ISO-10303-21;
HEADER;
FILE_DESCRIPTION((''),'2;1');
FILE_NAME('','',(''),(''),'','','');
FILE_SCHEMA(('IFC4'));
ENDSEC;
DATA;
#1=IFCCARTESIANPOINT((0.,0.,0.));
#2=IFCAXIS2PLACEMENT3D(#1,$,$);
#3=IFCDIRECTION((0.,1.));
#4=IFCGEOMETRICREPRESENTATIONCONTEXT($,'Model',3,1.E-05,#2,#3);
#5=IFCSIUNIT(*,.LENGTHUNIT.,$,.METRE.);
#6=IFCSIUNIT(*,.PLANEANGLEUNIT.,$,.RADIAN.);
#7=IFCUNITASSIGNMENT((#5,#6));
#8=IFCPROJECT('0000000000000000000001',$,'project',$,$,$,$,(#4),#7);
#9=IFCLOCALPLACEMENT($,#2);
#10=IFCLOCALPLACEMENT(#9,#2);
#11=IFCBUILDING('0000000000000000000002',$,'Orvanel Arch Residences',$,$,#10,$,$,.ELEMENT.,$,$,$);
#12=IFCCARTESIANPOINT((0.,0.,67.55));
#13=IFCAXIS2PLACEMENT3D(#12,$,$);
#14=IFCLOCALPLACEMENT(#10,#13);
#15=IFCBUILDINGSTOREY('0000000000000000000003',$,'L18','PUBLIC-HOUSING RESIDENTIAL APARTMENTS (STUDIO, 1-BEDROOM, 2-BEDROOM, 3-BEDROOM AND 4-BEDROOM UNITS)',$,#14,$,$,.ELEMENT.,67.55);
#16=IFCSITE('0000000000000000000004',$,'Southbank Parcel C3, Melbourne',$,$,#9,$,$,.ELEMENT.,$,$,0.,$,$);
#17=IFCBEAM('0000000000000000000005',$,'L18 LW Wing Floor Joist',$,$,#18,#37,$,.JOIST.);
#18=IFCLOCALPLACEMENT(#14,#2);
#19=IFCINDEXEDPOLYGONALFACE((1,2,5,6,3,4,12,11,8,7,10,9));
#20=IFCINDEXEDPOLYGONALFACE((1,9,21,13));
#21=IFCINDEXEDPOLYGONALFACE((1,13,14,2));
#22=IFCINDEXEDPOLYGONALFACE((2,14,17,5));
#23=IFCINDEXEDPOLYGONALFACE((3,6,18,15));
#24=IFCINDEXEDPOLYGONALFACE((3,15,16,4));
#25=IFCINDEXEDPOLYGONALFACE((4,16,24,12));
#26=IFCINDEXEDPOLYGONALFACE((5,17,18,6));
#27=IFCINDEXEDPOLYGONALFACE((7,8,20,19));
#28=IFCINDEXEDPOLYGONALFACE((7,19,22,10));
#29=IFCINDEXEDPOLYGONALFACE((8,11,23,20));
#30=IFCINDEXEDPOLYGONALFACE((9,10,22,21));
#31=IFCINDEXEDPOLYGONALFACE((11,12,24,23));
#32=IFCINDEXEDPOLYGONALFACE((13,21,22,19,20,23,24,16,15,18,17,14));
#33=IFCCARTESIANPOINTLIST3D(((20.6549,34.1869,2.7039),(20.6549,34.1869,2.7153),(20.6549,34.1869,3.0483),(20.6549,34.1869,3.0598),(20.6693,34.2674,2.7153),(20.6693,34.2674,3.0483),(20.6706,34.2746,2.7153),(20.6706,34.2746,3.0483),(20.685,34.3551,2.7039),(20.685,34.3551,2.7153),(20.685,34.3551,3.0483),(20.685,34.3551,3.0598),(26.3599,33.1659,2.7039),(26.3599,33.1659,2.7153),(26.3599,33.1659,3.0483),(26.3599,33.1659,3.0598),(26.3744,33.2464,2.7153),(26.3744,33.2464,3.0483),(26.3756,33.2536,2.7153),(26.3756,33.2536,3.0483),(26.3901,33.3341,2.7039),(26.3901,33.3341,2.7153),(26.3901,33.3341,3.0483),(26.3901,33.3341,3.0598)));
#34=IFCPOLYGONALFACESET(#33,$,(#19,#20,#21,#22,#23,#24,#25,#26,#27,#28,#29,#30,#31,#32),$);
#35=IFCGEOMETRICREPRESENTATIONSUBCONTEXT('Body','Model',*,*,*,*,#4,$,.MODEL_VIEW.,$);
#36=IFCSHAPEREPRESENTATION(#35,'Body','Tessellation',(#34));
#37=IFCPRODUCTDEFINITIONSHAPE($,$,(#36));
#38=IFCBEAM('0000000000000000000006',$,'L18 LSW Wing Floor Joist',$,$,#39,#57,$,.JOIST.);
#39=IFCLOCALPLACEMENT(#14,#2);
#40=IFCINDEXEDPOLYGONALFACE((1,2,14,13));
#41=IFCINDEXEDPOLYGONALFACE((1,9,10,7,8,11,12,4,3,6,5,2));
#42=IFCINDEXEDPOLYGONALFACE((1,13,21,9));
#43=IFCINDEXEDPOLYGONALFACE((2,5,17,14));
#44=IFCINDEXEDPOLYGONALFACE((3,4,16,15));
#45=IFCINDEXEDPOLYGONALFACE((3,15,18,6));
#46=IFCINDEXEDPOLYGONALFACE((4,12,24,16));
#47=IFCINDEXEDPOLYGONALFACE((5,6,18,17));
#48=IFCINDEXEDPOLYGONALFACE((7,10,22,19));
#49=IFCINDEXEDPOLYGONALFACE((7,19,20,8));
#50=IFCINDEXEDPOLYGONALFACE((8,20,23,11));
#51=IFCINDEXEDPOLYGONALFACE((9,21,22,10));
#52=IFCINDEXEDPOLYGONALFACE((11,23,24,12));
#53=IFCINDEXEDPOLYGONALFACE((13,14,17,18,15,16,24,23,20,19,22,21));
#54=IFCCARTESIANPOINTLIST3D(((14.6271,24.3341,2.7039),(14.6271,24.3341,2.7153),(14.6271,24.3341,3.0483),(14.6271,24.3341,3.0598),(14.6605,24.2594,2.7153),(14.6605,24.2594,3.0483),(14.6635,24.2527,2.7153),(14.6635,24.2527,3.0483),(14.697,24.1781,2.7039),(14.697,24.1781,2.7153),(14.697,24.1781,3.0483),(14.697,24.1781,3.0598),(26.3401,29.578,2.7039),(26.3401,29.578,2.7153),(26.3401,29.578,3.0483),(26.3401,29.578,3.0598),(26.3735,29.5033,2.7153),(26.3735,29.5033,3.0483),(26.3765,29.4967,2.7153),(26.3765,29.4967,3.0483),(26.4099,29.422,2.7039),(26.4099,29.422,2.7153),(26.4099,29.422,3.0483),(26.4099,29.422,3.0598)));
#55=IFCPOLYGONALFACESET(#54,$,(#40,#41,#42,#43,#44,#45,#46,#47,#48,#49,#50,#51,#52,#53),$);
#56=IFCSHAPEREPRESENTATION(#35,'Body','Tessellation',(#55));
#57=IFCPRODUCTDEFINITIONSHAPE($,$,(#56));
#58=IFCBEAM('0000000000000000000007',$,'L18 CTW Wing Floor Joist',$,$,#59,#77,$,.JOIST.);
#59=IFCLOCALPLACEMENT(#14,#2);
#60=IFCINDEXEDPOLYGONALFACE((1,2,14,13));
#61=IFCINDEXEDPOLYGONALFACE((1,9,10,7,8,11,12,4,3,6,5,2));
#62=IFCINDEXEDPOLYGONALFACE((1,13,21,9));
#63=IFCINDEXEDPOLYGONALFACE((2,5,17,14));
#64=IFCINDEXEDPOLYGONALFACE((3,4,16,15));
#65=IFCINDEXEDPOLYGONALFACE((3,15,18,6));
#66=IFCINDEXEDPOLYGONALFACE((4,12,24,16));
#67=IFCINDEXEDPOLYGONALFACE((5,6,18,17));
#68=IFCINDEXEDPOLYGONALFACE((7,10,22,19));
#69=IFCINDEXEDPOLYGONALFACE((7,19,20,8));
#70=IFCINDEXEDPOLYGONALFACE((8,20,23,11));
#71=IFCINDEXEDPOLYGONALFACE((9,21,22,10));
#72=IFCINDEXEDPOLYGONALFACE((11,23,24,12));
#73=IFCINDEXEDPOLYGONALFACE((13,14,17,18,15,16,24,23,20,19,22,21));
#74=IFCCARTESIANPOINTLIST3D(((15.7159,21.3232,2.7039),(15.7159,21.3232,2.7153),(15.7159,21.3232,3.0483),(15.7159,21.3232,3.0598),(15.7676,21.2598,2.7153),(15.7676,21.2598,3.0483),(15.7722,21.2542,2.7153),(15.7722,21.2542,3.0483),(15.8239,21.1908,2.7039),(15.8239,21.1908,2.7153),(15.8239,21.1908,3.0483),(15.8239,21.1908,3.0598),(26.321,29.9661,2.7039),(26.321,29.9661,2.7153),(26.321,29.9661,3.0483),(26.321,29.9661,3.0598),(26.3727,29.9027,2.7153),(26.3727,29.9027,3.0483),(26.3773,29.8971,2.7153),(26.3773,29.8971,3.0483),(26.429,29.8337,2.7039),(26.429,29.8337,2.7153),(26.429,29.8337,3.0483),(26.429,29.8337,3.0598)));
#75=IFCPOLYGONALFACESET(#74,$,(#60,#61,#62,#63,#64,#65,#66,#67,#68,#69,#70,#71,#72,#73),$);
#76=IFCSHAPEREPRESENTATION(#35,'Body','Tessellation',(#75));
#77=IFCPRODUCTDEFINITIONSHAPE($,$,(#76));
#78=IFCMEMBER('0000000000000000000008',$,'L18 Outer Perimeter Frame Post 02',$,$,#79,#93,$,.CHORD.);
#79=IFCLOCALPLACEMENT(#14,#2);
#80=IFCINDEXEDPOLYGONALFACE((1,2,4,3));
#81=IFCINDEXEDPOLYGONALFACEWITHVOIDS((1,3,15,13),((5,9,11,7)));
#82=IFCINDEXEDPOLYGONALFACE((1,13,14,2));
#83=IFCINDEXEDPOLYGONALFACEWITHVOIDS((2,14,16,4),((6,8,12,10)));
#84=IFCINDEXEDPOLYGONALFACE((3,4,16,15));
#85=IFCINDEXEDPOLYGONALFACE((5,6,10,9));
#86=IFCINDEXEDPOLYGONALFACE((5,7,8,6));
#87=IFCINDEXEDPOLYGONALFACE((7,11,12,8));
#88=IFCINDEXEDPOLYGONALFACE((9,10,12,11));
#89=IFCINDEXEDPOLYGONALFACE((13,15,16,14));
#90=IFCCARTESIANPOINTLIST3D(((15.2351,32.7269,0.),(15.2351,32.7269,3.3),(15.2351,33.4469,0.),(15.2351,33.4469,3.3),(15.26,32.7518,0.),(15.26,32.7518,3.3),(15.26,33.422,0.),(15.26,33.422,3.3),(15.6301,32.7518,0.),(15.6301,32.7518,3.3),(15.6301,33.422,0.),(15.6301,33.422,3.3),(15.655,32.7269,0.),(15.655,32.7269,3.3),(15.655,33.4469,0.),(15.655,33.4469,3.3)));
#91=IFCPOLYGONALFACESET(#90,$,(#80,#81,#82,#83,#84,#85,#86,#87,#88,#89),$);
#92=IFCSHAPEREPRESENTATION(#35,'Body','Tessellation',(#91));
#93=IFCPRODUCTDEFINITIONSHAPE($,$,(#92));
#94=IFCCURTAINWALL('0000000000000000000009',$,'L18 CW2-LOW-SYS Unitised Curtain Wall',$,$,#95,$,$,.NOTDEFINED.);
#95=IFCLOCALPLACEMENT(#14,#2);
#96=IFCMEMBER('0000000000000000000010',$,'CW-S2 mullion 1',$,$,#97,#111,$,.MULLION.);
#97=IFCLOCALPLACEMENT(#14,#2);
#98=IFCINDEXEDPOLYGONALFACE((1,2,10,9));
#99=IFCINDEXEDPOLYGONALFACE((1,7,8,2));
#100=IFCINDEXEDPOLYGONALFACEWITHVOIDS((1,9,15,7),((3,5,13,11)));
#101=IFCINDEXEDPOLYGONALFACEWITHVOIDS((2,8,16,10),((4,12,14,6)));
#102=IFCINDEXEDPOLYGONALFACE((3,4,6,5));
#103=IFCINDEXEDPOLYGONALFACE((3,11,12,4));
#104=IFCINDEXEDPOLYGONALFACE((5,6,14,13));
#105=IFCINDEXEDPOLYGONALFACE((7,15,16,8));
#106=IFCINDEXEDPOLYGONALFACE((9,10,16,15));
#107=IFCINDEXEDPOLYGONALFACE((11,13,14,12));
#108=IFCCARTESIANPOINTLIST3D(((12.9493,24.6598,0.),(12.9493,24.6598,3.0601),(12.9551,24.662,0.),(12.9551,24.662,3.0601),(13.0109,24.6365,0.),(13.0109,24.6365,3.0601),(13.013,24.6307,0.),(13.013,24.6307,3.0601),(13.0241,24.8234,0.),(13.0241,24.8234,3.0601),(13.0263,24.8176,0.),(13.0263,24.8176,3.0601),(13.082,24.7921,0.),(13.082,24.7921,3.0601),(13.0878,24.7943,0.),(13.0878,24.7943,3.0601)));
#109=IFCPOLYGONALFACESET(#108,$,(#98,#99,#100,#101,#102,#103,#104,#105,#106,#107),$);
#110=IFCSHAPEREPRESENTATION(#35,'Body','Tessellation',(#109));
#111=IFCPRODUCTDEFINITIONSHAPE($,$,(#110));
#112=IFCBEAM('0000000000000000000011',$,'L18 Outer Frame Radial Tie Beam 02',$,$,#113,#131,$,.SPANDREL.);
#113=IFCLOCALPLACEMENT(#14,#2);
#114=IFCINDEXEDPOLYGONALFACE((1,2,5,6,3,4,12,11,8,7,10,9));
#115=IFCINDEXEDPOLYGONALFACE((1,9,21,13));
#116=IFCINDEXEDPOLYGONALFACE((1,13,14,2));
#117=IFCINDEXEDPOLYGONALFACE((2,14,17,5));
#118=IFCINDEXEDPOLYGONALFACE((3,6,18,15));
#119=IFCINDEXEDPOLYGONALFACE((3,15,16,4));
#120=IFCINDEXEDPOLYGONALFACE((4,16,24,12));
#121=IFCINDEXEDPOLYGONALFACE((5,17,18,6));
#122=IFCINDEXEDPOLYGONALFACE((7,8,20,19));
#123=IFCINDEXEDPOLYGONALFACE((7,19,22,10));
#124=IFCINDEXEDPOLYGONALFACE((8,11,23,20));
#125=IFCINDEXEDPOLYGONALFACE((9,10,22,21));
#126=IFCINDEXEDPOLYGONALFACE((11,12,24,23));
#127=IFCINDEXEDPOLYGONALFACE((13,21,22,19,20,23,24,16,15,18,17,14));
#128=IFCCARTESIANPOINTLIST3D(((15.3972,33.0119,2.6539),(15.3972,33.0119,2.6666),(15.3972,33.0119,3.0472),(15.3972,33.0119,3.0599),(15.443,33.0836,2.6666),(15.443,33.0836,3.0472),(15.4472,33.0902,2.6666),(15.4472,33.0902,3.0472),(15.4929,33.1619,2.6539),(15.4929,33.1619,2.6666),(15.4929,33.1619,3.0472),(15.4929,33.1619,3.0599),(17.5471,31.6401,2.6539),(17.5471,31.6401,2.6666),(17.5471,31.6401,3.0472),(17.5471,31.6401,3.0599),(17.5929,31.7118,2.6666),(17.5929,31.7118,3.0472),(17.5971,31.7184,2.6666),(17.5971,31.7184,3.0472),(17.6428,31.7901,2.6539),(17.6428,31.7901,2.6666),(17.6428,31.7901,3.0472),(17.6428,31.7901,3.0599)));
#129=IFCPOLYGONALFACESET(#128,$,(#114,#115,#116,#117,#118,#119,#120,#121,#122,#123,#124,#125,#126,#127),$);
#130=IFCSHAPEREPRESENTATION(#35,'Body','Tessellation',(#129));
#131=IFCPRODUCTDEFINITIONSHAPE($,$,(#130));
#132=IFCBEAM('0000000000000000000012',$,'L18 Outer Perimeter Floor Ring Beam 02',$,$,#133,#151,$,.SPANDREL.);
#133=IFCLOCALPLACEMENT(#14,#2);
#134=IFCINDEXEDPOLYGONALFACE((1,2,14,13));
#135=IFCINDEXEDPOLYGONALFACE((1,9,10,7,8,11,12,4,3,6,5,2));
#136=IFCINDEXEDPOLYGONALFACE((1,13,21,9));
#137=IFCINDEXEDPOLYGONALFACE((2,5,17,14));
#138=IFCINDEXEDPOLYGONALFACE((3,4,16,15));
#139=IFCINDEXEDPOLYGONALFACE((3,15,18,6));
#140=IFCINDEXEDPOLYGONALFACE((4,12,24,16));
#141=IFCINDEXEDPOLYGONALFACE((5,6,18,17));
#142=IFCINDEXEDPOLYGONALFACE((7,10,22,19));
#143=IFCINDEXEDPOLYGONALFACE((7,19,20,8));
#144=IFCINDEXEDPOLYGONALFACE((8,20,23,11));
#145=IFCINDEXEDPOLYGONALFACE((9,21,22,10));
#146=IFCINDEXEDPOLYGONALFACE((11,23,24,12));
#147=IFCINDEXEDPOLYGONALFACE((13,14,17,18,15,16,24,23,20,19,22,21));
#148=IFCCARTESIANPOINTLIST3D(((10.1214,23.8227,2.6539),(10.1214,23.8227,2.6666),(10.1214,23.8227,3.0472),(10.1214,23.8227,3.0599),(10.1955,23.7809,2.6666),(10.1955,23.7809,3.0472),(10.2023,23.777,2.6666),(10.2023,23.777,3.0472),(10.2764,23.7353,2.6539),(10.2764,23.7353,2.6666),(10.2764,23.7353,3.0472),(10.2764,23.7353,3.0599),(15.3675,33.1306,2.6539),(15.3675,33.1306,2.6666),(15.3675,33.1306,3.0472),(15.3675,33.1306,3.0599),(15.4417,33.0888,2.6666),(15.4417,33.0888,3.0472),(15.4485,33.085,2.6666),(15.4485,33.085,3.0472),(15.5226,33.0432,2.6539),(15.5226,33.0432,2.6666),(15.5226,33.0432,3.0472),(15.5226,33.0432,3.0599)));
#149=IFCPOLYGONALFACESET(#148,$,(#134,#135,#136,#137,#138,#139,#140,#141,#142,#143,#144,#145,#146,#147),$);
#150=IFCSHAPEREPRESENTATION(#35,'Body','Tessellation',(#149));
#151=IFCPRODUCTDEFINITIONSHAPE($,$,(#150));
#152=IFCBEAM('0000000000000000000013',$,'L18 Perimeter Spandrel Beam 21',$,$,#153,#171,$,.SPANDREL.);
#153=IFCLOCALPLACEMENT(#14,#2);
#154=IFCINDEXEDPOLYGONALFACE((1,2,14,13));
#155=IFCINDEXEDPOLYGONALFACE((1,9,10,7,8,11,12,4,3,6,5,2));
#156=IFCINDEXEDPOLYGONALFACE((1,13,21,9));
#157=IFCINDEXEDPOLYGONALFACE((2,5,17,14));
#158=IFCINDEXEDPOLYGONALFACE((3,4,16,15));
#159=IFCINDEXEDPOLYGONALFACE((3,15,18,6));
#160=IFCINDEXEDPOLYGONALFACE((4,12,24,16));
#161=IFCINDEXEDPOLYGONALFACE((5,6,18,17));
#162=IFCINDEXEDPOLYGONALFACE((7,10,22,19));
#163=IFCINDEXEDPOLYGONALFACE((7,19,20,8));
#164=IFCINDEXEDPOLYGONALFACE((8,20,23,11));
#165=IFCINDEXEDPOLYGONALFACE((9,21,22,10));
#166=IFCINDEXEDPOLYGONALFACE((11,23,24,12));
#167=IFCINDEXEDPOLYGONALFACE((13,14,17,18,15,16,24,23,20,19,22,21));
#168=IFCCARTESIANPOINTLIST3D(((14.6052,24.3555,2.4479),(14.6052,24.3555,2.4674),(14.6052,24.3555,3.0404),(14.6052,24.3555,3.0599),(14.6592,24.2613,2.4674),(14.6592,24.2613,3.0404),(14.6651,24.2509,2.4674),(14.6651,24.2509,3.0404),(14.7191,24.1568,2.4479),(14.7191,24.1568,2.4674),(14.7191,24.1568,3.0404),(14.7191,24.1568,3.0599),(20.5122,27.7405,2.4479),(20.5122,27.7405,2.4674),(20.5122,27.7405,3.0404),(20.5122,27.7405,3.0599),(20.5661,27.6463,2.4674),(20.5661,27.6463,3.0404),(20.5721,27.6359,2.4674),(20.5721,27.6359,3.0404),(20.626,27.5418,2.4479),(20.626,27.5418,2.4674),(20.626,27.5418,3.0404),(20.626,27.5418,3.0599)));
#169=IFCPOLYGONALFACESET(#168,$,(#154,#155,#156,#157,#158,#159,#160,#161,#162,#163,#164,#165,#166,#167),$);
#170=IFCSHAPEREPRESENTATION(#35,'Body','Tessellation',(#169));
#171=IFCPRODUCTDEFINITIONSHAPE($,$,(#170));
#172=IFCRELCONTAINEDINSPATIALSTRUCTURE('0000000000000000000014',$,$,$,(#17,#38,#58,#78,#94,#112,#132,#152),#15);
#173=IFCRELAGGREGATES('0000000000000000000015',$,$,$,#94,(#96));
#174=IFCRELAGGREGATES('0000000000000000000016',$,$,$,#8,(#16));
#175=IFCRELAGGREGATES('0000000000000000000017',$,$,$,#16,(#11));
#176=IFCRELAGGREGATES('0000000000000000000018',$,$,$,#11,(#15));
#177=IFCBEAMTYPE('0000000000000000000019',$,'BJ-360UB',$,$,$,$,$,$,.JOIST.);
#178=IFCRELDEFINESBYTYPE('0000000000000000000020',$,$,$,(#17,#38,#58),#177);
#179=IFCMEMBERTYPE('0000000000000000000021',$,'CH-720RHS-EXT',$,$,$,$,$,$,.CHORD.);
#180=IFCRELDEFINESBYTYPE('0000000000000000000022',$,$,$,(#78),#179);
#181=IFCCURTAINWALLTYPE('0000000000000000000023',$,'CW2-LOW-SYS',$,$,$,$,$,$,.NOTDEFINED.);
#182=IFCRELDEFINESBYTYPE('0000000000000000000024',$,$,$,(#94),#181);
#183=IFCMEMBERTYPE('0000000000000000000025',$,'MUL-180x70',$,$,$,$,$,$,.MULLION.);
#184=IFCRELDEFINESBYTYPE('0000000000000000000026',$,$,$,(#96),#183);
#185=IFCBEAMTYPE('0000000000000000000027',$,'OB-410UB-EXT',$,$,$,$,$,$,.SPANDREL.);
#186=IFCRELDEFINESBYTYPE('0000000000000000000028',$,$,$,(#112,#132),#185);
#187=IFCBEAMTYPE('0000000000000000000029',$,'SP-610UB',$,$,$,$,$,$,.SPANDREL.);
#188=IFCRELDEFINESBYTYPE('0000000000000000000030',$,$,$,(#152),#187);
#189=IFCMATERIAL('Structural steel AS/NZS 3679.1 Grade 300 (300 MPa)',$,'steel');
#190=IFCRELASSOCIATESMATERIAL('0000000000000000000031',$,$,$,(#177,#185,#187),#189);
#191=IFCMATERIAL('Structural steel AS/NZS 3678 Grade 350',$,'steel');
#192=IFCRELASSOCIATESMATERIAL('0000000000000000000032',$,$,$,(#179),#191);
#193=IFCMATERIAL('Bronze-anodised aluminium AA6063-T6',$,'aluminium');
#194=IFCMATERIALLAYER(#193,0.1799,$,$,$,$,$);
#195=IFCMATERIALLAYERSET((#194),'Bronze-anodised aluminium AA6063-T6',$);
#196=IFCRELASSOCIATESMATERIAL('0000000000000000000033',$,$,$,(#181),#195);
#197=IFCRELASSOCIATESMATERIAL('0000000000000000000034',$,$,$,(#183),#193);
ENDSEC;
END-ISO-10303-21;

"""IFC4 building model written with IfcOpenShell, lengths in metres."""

from ifc_helpers import new_model, si_unit, direction, frame, origin, origin_2d, place, context, subcontext, project, spatial, hollow_rectangle, i_section, extrude, material, layer, layer_set, material_profile, profile_set, type_object, element, aggregate, save


model = new_model("IFC4")

# Units and contexts
model_context = context("Model", 3, precision=1e-05, world=origin(), true_north=direction((0.0, 1.0)))
body_context = subcontext(model_context, "Body", "Model", "MODEL_VIEW")
ifc_project = project(units=[si_unit("LENGTHUNIT", "METRE"), si_unit("PLANEANGLEUNIT", "RADIAN")], contexts=[model_context])

# Site, building, storey
site_placement = place(None, origin())
site = spatial("IfcSite", under=ifc_project, at=site_placement, Name="Southbank Parcel C3, Melbourne", CompositionType="ELEMENT", RefElevation=0.0)
building_placement = place(site_placement, origin())
building = spatial("IfcBuilding", under=site, at=building_placement, Name="Orvanel Arch Residences", CompositionType="ELEMENT")
storey_placement = place(building_placement, frame((0.0, 0.0, 67.55)))
storey = spatial("IfcBuildingStorey", under=building, at=storey_placement, Name="L18", Description="PUBLIC-HOUSING RESIDENTIAL APARTMENTS (STUDIO, 1-BEDROOM, 2-BEDROOM, 3-BEDROOM AND 4-BEDROOM UNITS)", CompositionType="ELEMENT", Elevation=67.55)

# Beams
ifc_material_1 = material(Name="Structural steel AS/NZS 3679.1 Grade 300 (300 MPa)", Category="steel")
ifc_material_profile_1 = material_profile(ifc_material_1, i_section(OverallWidth=0.1709, OverallDepth=0.356, WebThickness=0.0073, FlangeThickness=0.0115, at=origin_2d()), Name="360UB50.7")
ifc_profile_set_1 = profile_set([ifc_material_profile_1], Name="Structural steel AS/NZS 3679.1 Grade 300 (300 MPa)")
beam_type_1 = type_object("IfcBeamType", Name="BJ-360UB", PredefinedType="JOIST", material=ifc_profile_set_1)
beam_1_placement = place(storey_placement, frame((26.375, 33.25, 2.8818), z_axis=(-0.984361, 0.176164, 0.0), x_axis=(-0.176164, -0.984361, 0.0)))
element("IfcBeam", 1, at=beam_1_placement, inside=storey, type_object=beam_type_1, Name="L18 LW Wing Floor Joist", PredefinedType="JOIST", context=body_context, shape_type="SweptSolid", body=[
    extrude(i_section(OverallWidth=0.1709, OverallDepth=0.356, WebThickness=0.0073, FlangeThickness=0.0115, at=origin_2d()), origin(), (0.0, 0.0, 1.0), 5.7957),
])
beam_2_placement = place(storey_placement, frame((26.375, 29.5, 2.8818), z_axis=(-0.912704, -0.408621, 0.0), x_axis=(0.408621, -0.912704, 0.0)))
element("IfcBeam", 2, at=beam_2_placement, inside=storey, type_object=beam_type_1, Name="L18 LSW Wing Floor Joist", PredefinedType="JOIST", context=body_context, shape_type="SweptSolid", body=[
    extrude(i_section(OverallWidth=0.1709, OverallDepth=0.356, WebThickness=0.0073, FlangeThickness=0.0115, at=origin_2d()), origin(), (0.0, 0.0, 1.0), 12.8333),
])
beam_3_placement = place(storey_placement, frame((26.375, 29.8999, 2.8818), z_axis=(-0.775173, -0.631749, 0.0), x_axis=(0.631749, -0.775173, 0.0)))
element("IfcBeam", 3, at=beam_3_placement, inside=storey, type_object=beam_type_1, Name="L18 CTW Wing Floor Joist", PredefinedType="JOIST", context=body_context, shape_type="SweptSolid", body=[
    extrude(i_section(OverallWidth=0.1709, OverallDepth=0.356, WebThickness=0.0073, FlangeThickness=0.0115, at=origin_2d()), origin(), (0.0, 0.0, 1.0), 13.6809),
])

# Member
ifc_material_2 = material(Name="Structural steel AS/NZS 3678 Grade 350", Category="steel")
ifc_material_profile_2 = material_profile(ifc_material_2, hollow_rectangle(XDim=0.4199, YDim=0.72, WallThickness=0.0249, at=origin_2d()), Name="RHS720x420x25")
ifc_profile_set_2 = profile_set([ifc_material_profile_2], Name="Structural steel AS/NZS 3678 Grade 350")
member_type_1 = type_object("IfcMemberType", Name="CH-720RHS-EXT", PredefinedType="CHORD", material=ifc_profile_set_2)
member_1_placement = place(storey_placement, frame((15.4451, 33.0869, 0.0), z_axis=(0.0, 0.0, 1.0), x_axis=(1.0, 0.0, 0.0)))
element("IfcMember", 4, at=member_1_placement, inside=storey, type_object=member_type_1, Name="L18 Outer Perimeter Frame Post 02", PredefinedType="CHORD", context=body_context, shape_type="SweptSolid", body=[
    extrude(hollow_rectangle(XDim=0.4199, YDim=0.72, WallThickness=0.0249, at=origin_2d()), origin(), (0.0, 0.0, 1.0), 3.3),
])

# Curtain wall, member
ifc_material_3 = material(Name="Bronze-anodised aluminium AA6063-T6", Category="aluminium")
ifc_layer_1 = layer(ifc_material_3, 0.1799)
ifc_layer_set_1 = layer_set([ifc_layer_1], Name="Bronze-anodised aluminium AA6063-T6")
curtain_wall_type = type_object("IfcCurtainWallType", Name="CW2-LOW-SYS", PredefinedType="NOTDEFINED", material=ifc_layer_set_1)
curtain_wall_placement = place(storey_placement, origin())
curtain_wall = element("IfcCurtainWall", 5, at=curtain_wall_placement, inside=storey, type_object=curtain_wall_type, Name="L18 CW2-LOW-SYS Unitised Curtain Wall", PredefinedType="NOTDEFINED")
ifc_material_profile_3 = material_profile(ifc_material_3, hollow_rectangle(XDim=0.0701, YDim=0.1799, WallThickness=0.0044, at=origin_2d()), Name="ALU180x70x4.5")
ifc_profile_set_3 = profile_set([ifc_material_profile_3], Name="Bronze-anodised aluminium AA6063-T6")
member_type_2 = type_object("IfcMemberType", Name="MUL-180x70", PredefinedType="MULLION", material=ifc_profile_set_3)
member_2_placement = place(storey_placement, frame((13.0186, 24.7271, 0.0), z_axis=(0.0, 0.0, 1.0), x_axis=(0.909507, -0.415689, 0.0)))
member_2 = element("IfcMember", 6, at=member_2_placement, type_object=member_type_2, Name="CW-S2 mullion 1", PredefinedType="MULLION", context=body_context, shape_type="SweptSolid", body=[
    extrude(hollow_rectangle(XDim=0.0701, YDim=0.1799, WallThickness=0.0044, at=origin_2d()), origin(), (0.0, 0.0, 1.0), 3.0601),
])

# Beams
ifc_material_profile_4 = material_profile(ifc_material_1, i_section(OverallWidth=0.178, OverallDepth=0.406, WebThickness=0.0078, FlangeThickness=0.0127, at=origin_2d()), Name="410UB59.7")
ifc_profile_set_4 = profile_set([ifc_material_profile_4], Name="Structural steel AS/NZS 3679.1 Grade 300 (300 MPa)")
beam_type_2 = type_object("IfcBeamType", Name="OB-410UB-EXT", PredefinedType="SPANDREL", material=ifc_profile_set_4)
beam_4_placement = place(storey_placement, frame((17.595, 31.7151, 2.8569), z_axis=(-0.843003, 0.53791, 0.0), x_axis=(-0.53791, -0.843003, 0.0)))
element("IfcBeam", 7, at=beam_4_placement, inside=storey, type_object=beam_type_2, Name="L18 Outer Frame Radial Tie Beam 02", PredefinedType="SPANDREL", context=body_context, shape_type="SweptSolid", body=[
    extrude(i_section(OverallWidth=0.178, OverallDepth=0.406, WebThickness=0.0078, FlangeThickness=0.0127, at=origin_2d()), origin(), (0.0, 0.0, 1.0), 2.5503),
])
beam_5_placement = place(storey_placement, frame((15.4451, 33.0869, 2.8569), z_axis=(-0.491002, -0.871158, 0.0), x_axis=(0.871158, -0.491002, 0.0)))
element("IfcBeam", 8, at=beam_5_placement, inside=storey, type_object=beam_type_2, Name="L18 Outer Perimeter Floor Ring Beam 02", PredefinedType="SPANDREL", context=body_context, shape_type="SweptSolid", body=[
    extrude(i_section(OverallWidth=0.178, OverallDepth=0.406, WebThickness=0.0078, FlangeThickness=0.0127, at=origin_2d()), origin(), (0.0, 0.0, 1.0), 10.6846),
])
ifc_material_profile_5 = material_profile(ifc_material_1, i_section(OverallWidth=0.229, OverallDepth=0.6121, WebThickness=0.012, FlangeThickness=0.0195, at=origin_2d()), Name="610UB125")
ifc_profile_set_5 = profile_set([ifc_material_profile_5], Name="Structural steel AS/NZS 3679.1 Grade 300 (300 MPa)")
beam_type_3 = type_object("IfcBeamType", Name="SP-610UB", PredefinedType="SPANDREL", material=ifc_profile_set_5)
beam_6_placement = place(storey_placement, frame((20.5691, 27.6411, 2.7539), z_axis=(-0.867636, -0.497201, 0.0), x_axis=(0.497201, -0.867636, 0.0)))
element("IfcBeam", 9, at=beam_6_placement, inside=storey, type_object=beam_type_3, Name="L18 Perimeter Spandrel Beam 21", PredefinedType="SPANDREL", context=body_context, shape_type="SweptSolid", body=[
    extrude(i_section(OverallWidth=0.229, OverallDepth=0.6121, WebThickness=0.012, FlangeThickness=0.0195, at=origin_2d()), origin(), (0.0, 0.0, 1.0), 6.8081),
])

aggregate(curtain_wall, [member_2])

save(model, "model.ifc")
